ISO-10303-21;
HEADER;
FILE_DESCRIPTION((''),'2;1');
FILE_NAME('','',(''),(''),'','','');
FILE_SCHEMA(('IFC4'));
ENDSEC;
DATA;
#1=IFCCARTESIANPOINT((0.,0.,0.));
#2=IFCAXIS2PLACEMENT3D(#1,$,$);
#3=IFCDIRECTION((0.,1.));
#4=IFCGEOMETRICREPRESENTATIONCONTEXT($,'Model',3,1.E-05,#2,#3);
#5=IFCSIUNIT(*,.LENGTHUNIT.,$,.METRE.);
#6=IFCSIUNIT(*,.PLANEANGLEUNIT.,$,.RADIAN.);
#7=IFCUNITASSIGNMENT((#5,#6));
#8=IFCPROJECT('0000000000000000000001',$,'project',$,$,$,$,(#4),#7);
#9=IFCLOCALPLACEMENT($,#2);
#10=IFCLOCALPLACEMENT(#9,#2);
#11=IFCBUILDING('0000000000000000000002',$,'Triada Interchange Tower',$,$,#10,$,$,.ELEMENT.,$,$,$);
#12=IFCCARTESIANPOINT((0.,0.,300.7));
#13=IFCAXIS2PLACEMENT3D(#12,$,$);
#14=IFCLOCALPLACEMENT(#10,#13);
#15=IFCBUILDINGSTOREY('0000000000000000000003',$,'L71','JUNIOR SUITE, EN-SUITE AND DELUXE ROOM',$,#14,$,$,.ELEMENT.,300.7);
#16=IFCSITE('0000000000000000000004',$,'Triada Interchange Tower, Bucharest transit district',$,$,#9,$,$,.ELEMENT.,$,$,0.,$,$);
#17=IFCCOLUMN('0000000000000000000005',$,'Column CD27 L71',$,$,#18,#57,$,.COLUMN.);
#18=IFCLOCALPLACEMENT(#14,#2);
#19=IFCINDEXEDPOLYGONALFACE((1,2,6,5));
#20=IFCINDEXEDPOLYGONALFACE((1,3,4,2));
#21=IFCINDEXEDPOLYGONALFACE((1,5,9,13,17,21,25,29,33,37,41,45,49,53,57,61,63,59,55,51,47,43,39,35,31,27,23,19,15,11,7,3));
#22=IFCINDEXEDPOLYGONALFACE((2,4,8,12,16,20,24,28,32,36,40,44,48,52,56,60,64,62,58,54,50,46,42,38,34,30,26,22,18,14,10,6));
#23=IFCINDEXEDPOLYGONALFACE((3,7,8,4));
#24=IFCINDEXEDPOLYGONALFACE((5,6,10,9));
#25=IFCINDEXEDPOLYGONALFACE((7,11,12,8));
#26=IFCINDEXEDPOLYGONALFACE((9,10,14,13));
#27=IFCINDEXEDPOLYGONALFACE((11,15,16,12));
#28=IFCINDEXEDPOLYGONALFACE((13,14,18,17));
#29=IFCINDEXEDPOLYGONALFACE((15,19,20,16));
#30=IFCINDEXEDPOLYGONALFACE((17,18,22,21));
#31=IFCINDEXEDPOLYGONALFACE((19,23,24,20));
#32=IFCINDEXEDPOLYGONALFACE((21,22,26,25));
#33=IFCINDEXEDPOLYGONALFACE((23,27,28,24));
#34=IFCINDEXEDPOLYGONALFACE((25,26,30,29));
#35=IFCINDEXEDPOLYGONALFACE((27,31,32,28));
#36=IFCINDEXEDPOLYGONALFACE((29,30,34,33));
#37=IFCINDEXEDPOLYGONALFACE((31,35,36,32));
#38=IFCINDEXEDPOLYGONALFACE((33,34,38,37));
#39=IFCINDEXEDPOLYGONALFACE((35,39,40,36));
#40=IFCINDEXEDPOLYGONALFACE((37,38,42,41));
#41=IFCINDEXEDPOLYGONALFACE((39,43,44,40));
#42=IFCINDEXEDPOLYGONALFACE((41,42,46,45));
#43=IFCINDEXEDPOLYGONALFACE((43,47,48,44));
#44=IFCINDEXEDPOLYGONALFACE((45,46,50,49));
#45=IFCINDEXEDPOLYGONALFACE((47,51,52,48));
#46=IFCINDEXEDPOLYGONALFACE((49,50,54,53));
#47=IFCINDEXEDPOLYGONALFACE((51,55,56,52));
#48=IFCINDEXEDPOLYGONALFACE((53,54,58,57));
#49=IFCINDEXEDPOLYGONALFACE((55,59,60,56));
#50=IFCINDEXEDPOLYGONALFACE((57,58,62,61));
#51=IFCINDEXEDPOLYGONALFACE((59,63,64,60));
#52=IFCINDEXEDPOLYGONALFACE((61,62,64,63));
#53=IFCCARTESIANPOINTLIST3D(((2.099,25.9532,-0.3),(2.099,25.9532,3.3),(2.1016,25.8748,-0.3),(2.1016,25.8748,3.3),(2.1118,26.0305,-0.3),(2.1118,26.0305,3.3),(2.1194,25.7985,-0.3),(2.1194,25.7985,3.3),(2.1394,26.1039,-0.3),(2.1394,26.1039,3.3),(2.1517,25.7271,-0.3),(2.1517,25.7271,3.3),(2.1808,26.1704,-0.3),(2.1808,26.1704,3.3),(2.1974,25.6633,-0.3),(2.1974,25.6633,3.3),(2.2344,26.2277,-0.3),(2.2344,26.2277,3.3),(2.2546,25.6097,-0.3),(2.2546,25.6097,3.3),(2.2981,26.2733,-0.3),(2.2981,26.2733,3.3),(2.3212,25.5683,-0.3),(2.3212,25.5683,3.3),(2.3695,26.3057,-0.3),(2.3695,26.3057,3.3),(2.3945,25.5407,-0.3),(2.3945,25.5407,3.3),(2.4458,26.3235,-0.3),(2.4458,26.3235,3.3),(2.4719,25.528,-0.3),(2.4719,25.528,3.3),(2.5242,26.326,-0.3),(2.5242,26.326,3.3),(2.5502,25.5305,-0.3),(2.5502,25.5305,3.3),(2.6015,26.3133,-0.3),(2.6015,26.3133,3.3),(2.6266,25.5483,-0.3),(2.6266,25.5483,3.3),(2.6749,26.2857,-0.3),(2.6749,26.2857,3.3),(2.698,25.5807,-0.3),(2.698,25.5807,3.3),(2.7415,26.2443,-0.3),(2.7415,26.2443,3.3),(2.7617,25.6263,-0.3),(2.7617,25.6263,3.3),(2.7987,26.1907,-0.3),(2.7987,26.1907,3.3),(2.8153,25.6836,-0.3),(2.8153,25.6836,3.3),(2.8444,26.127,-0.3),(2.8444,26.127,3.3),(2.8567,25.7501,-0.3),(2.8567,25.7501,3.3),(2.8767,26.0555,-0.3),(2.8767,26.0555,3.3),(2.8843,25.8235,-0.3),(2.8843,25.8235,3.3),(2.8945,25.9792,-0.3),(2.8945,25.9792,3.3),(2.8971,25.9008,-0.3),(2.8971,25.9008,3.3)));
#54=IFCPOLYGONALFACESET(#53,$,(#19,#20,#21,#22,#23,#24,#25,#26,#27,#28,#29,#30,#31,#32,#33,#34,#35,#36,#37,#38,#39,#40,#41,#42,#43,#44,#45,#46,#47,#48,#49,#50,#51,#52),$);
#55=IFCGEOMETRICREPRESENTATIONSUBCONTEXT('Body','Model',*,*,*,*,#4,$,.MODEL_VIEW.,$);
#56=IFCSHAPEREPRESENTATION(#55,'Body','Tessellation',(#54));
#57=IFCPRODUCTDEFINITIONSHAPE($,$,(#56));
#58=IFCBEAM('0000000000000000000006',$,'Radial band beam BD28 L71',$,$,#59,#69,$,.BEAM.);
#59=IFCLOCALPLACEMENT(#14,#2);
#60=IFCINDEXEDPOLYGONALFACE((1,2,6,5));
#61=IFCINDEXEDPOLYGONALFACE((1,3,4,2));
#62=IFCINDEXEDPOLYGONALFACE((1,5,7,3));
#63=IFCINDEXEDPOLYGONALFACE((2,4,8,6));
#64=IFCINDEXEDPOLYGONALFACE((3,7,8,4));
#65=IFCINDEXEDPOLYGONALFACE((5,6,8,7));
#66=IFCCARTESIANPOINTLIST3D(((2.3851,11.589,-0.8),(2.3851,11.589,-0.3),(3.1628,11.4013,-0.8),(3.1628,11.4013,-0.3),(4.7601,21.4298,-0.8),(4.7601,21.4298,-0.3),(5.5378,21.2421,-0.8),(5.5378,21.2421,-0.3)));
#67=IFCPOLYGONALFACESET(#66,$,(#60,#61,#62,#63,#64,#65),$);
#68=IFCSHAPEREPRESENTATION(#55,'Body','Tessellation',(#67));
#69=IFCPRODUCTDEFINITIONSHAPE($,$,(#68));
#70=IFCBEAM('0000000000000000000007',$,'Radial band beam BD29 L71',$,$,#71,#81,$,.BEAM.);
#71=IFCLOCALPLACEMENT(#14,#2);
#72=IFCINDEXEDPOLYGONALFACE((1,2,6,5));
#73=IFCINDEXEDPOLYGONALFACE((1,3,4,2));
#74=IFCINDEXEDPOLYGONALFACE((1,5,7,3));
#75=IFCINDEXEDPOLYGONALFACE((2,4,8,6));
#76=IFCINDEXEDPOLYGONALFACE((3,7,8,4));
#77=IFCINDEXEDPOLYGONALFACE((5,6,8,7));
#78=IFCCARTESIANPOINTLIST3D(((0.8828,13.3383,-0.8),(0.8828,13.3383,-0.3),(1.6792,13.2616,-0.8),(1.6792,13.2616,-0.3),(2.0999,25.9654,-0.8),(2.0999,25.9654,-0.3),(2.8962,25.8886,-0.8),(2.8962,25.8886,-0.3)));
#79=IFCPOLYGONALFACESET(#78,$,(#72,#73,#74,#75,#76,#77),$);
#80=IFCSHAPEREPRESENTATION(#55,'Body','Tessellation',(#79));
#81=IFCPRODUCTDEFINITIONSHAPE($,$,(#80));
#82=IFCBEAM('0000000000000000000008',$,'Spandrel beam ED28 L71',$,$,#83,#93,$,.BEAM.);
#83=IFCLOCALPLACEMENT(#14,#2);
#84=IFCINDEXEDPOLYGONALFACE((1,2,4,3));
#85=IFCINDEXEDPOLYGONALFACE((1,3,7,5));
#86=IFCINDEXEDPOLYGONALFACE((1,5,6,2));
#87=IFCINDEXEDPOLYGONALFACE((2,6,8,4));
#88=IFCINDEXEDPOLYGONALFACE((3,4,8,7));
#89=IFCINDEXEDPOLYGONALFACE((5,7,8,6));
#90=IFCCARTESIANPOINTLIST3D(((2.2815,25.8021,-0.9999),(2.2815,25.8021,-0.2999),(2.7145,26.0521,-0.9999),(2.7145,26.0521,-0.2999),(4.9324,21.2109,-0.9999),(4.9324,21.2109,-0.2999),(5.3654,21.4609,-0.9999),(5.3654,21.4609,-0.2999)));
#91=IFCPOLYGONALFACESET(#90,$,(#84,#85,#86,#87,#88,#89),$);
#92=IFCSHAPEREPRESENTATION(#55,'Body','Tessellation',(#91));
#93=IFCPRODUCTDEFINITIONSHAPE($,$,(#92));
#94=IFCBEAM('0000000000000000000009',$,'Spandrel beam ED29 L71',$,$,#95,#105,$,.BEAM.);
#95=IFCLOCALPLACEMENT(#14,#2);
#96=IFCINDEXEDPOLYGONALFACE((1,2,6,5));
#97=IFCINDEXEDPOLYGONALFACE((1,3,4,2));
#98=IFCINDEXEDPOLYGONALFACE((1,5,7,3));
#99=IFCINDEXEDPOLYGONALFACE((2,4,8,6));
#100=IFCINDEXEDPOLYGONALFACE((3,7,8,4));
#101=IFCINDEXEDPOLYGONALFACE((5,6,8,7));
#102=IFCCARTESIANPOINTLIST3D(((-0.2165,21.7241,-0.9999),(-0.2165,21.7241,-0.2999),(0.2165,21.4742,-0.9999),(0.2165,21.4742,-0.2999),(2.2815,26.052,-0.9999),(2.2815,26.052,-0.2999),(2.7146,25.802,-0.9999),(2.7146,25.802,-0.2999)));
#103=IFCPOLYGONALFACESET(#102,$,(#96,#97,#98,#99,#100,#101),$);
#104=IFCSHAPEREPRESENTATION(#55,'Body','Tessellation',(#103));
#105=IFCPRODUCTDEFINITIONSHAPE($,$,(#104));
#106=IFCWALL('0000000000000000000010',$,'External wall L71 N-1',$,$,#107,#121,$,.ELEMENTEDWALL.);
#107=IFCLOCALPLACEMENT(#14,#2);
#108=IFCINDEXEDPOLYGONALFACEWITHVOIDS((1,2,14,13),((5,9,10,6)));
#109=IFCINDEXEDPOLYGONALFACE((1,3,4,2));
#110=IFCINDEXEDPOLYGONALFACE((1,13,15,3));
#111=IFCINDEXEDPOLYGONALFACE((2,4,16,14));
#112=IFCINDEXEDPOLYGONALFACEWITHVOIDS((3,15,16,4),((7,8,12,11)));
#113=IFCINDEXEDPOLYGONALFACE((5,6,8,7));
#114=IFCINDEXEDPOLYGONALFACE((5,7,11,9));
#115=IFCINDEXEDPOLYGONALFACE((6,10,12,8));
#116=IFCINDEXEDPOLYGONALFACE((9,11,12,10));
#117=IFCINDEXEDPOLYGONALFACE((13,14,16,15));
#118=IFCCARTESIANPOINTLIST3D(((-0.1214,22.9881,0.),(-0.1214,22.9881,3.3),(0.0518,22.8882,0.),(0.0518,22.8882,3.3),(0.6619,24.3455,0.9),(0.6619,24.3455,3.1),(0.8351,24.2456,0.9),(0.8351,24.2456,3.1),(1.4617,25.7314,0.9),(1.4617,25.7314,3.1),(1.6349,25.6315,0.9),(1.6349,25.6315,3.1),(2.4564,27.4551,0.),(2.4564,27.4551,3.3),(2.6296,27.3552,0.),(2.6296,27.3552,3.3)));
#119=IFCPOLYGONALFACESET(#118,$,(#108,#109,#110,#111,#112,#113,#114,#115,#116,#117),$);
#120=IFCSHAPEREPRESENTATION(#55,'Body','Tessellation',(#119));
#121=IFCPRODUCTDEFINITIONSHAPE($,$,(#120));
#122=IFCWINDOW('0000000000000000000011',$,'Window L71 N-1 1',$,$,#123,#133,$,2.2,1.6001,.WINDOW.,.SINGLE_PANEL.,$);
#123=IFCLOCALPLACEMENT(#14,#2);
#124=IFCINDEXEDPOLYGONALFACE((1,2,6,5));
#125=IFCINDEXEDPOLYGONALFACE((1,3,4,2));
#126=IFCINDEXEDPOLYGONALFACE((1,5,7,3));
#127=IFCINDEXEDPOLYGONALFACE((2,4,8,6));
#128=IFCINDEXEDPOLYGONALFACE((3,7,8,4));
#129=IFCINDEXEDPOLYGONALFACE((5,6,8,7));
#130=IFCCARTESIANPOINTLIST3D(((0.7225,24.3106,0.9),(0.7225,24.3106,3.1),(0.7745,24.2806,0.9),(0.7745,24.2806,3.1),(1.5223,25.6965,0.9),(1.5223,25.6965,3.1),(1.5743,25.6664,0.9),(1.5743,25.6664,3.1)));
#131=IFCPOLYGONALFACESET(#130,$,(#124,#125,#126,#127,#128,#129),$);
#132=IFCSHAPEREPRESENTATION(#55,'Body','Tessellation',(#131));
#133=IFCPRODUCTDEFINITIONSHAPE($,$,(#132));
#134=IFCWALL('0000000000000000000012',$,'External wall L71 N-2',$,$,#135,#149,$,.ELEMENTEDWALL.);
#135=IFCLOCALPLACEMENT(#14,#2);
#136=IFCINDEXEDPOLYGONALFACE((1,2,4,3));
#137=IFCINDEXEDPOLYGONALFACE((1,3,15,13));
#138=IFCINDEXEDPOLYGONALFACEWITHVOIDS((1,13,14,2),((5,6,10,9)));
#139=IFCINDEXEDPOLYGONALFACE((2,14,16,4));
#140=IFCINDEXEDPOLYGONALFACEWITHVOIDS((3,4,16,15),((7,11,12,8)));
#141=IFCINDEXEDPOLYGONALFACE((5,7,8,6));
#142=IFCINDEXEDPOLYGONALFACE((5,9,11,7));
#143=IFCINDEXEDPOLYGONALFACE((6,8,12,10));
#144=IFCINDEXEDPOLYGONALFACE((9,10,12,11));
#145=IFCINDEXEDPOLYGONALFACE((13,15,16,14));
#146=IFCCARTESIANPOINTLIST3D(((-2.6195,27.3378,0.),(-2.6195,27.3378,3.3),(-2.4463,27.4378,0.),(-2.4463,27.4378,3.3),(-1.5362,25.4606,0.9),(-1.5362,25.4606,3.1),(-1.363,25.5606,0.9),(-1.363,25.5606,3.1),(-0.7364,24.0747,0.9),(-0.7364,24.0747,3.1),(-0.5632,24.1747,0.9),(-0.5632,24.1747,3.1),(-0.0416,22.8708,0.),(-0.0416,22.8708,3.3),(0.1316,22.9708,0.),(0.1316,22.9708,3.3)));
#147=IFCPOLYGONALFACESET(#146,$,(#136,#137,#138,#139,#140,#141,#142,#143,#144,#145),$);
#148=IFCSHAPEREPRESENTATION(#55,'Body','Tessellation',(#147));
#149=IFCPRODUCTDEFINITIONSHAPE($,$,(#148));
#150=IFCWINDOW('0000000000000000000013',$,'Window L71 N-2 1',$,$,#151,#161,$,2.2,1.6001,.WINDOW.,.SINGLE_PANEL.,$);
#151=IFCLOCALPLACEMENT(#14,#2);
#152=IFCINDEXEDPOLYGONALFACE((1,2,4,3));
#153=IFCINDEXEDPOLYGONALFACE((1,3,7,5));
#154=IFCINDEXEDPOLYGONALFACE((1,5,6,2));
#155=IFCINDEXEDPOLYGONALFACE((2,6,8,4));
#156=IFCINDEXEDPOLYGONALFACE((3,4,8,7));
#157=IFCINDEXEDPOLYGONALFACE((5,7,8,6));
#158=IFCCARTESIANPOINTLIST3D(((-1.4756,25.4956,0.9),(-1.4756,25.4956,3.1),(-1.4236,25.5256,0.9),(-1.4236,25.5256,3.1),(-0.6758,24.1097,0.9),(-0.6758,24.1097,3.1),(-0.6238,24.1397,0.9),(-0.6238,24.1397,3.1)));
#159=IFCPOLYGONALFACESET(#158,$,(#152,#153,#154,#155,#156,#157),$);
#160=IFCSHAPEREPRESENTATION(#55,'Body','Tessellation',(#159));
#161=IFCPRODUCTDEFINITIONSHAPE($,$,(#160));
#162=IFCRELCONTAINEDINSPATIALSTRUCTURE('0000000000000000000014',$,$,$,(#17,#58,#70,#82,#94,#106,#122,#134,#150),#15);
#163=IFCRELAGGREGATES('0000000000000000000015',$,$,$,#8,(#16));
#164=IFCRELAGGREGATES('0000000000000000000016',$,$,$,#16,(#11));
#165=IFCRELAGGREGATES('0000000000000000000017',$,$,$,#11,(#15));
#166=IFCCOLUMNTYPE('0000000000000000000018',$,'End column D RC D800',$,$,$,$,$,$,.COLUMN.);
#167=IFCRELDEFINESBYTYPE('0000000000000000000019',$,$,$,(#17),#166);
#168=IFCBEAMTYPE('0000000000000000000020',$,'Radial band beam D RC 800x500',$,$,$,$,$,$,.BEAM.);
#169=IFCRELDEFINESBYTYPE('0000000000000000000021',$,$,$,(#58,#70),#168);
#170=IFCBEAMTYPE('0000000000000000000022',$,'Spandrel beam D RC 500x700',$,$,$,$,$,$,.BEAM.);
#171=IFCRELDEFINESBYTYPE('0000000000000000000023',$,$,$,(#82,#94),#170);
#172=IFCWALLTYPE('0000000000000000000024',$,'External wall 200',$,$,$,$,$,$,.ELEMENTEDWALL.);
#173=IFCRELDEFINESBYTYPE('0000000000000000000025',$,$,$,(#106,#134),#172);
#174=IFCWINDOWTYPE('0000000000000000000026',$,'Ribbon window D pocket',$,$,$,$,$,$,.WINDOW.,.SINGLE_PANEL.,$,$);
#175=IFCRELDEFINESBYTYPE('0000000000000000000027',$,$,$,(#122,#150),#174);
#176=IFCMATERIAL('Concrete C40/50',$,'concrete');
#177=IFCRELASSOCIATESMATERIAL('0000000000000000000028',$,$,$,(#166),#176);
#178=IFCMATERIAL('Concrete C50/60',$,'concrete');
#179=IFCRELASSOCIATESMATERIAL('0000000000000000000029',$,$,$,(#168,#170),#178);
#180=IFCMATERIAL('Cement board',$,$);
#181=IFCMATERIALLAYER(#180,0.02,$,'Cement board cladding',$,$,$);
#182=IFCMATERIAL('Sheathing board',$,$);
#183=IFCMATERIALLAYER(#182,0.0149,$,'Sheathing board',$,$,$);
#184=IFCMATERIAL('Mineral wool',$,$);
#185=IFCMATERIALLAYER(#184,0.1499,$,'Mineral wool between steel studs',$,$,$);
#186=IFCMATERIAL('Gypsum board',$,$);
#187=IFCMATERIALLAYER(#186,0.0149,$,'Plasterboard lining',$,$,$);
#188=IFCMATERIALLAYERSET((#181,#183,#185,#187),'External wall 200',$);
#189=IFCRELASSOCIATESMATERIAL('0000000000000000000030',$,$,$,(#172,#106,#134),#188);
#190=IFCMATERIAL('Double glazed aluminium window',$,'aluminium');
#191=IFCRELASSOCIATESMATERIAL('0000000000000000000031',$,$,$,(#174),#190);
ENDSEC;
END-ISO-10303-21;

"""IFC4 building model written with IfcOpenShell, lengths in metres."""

from ifc_helpers import new_model, si_unit, direction, frame, frame_2d, origin, origin_2d, place, context, subcontext, project, spatial, rectangle, circle, extrude, material, layer, layer_set, layer_usage, material_profile, profile_set, type_object, element, fill, save


model = new_model("IFC4")

# Units and contexts
model_context = context("Model", 3, precision=1e-05, world=origin(), true_north=direction((0.0, 1.0)))
body_context = subcontext(model_context, "Body", "Model", "MODEL_VIEW")
ifc_project = project(units=[si_unit("LENGTHUNIT", "METRE"), si_unit("PLANEANGLEUNIT", "RADIAN")], contexts=[model_context])

# Site, building, storey
site_placement = place(None, origin())
site = spatial("IfcSite", under=ifc_project, at=site_placement, Name="Triada Interchange Tower, Bucharest transit district", CompositionType="ELEMENT", RefElevation=0.0)
building_placement = place(site_placement, origin())
building = spatial("IfcBuilding", under=site, at=building_placement, Name="Triada Interchange Tower", CompositionType="ELEMENT")
storey_placement = place(building_placement, frame((0.0, 0.0, 300.7)))
storey = spatial("IfcBuildingStorey", under=building, at=storey_placement, Name="L71", Description="JUNIOR SUITE, EN-SUITE AND DELUXE ROOM", CompositionType="ELEMENT", Elevation=300.7)

# Column
ifc_material_1 = material(Name="Concrete C40/50", Category="concrete")
ifc_material_profile_1 = material_profile(ifc_material_1, circle(Radius=0.3999, at=origin_2d()), Name="RC D800")
ifc_profile_set_1 = profile_set([ifc_material_profile_1], Name="Concrete C40/50")
column_type = type_object("IfcColumnType", Name="End column D RC D800", PredefinedType="COLUMN", material=ifc_profile_set_1)
column_placement = place(storey_placement, frame((2.498, 25.927, -0.3), z_axis=(0.0, 0.0, 1.0), x_axis=(-0.5, 0.866025, 0.0)))
element("IfcColumn", 1, at=column_placement, inside=storey, type_object=column_type, Name="Column CD27 L71", PredefinedType="COLUMN", context=body_context, shape_type="SweptSolid", body=[
    extrude(circle(Radius=0.3999, at=origin_2d()), origin(), (0.0, 0.0, 1.0), 3.6001),
])

# Beams
ifc_material_2 = material(Name="Concrete C50/60", Category="concrete")
ifc_material_profile_2 = material_profile(ifc_material_2, rectangle(XDim=0.8, YDim=0.5, at=origin_2d()), Name="RC 800x500")
ifc_profile_set_2 = profile_set([ifc_material_profile_2], Name="Concrete C50/60")
beam_type_1 = type_object("IfcBeamType", Name="Radial band beam D RC 800x500", PredefinedType="BEAM", material=ifc_profile_set_2)
beam_1_placement = place(storey_placement, frame((5.1489, 21.3359, -0.55), z_axis=(-0.234606, -0.972091, 0.0), x_axis=(0.972091, -0.234606, 0.0)))
element("IfcBeam", 2, at=beam_1_placement, inside=storey, type_object=beam_type_1, Name="Radial band beam BD28 L71", PredefinedType="BEAM", context=body_context, shape_type="SweptSolid", body=[
    extrude(rectangle(XDim=0.8, YDim=0.5, at=origin_2d()), origin(), (0.0, 0.0, 1.0), 10.1233),
])
beam_2_placement = place(storey_placement, frame((2.498, 25.927, -0.55), z_axis=(-0.09594, -0.995387, 0.0), x_axis=(0.995387, -0.09594, 0.0)))
element("IfcBeam", 3, at=beam_2_placement, inside=storey, type_object=beam_type_1, Name="Radial band beam BD29 L71", PredefinedType="BEAM", context=body_context, shape_type="SweptSolid", body=[
    extrude(rectangle(XDim=0.8, YDim=0.5, at=origin_2d()), origin(), (0.0, 0.0, 1.0), 12.6855),
])
ifc_material_profile_3 = material_profile(ifc_material_2, rectangle(XDim=0.5, YDim=0.7, at=origin_2d()), Name="RC 500x700")
ifc_profile_set_3 = profile_set([ifc_material_profile_3], Name="Concrete C50/60")
beam_type_2 = type_object("IfcBeamType", Name="Spandrel beam D RC 500x700", PredefinedType="BEAM", material=ifc_profile_set_3)
beam_3_placement = place(storey_placement, frame((5.1489, 21.3359, -0.6499), z_axis=(-0.500032, 0.866007, 0.0), x_axis=(-0.866007, -0.500032, 0.0)))
element("IfcBeam", 4, at=beam_3_placement, inside=storey, type_object=beam_type_2, Name="Spandrel beam ED28 L71", PredefinedType="BEAM", context=body_context, shape_type="SweptSolid", body=[
    extrude(rectangle(XDim=0.5, YDim=0.7, at=origin_2d()), origin(), (0.0, 0.0, 1.0), 5.3015),
])
beam_4_placement = place(storey_placement, frame((2.498, 25.927, -0.6499), z_axis=(-0.499901, -0.866082, 0.0), x_axis=(0.866082, -0.499901, 0.0)))
element("IfcBeam", 5, at=beam_4_placement, inside=storey, type_object=beam_type_2, Name="Spandrel beam ED29 L71", PredefinedType="BEAM", context=body_context, shape_type="SweptSolid", body=[
    extrude(rectangle(XDim=0.5, YDim=0.7, at=origin_2d()), origin(), (0.0, 0.0, 1.0), 4.9971),
])

# Walls, openings, windows
ifc_material_3 = material(Name="Cement board")
ifc_layer_1 = layer(ifc_material_3, 0.02, Name="Cement board cladding")
ifc_material_4 = material(Name="Sheathing board")
ifc_layer_2 = layer(ifc_material_4, 0.0149, Name="Sheathing board")
ifc_material_5 = material(Name="Mineral wool")
ifc_layer_3 = layer(ifc_material_5, 0.1499, Name="Mineral wool between steel studs")
ifc_material_6 = material(Name="Gypsum board")
ifc_layer_4 = layer(ifc_material_6, 0.0149, Name="Plasterboard lining")
ifc_layer_set_1 = layer_set([ifc_layer_1, ifc_layer_2, ifc_layer_3, ifc_layer_4], Name="External wall 200")
ifc_layer_usage = layer_usage(ifc_layer_set_1, "AXIS2", "POSITIVE", -0.1001)
wall_type = type_object("IfcWallType", Name="External wall 200", PredefinedType="ELEMENTEDWALL", material=ifc_layer_set_1)
wall_1_placement = place(storey_placement, frame((2.543, 27.405, 0.0), z_axis=(0.0, 0.0, 1.0), x_axis=(-0.49983, -0.866123, 0.0)))
wall_1 = element("IfcWall", 6, at=wall_1_placement, inside=storey, type_object=wall_type, material=ifc_layer_usage, Name="External wall L71 N-1", PredefinedType="ELEMENTEDWALL", context=body_context, shape_type="SweptSolid", body=[
    extrude(rectangle(XDim=5.1575, YDim=0.2, at=frame_2d((2.5786, 0.0))), origin(), (0.0, 0.0, 1.0), 3.3),
])
opening_1_placement = place(wall_1_placement, frame((1.99, 0.0, 0.8999)))
opening_1 = element("IfcOpeningElement", 7, at=opening_1_placement, cuts=wall_1, PredefinedType="OPENING", context=body_context, shape_type="SweptSolid", body=[
    extrude(rectangle(XDim=1.6001, YDim=2.2, at=frame_2d((0.8, 1.1001))), frame((0.0, 0.1099, 0.0), z_axis=(0.0, -1.0, 0.0), x_axis=(1.0, 0.0, 0.0)), (0.0, 0.0, 1.0), 0.22),
])
ifc_material_7 = material(Name="Double glazed aluminium window", Category="aluminium")
window_type = type_object("IfcWindowType", Name="Ribbon window D pocket", PartitioningType="SINGLE_PANEL", PredefinedType="WINDOW", material=ifc_material_7)
window_1_placement = place(opening_1_placement, origin())
window_1 = element("IfcWindow", 8, at=window_1_placement, inside=storey, type_object=window_type, Name="Window L71 N-1 1", OverallHeight=2.2, OverallWidth=1.6001, PartitioningType="SINGLE_PANEL", PredefinedType="WINDOW", context=body_context, shape_type="SweptSolid", body=[
    extrude(rectangle(XDim=1.6001, YDim=2.2, at=frame_2d((0.8, 1.1001))), frame((0.0, 0.03, 0.0), z_axis=(0.0, -1.0, 0.0), x_axis=(1.0, 0.0, 0.0)), (0.0, 0.0, 1.0), 0.0601),
])
fill(opening_1, window_1)
wall_2_placement = place(storey_placement, frame((0.0449, 22.9209, 0.0), z_axis=(0.0, 0.0, 1.0), x_axis=(-0.49983, 0.866123, 0.0)))
wall_2 = element("IfcWall", 9, at=wall_2_placement, inside=storey, type_object=wall_type, material=ifc_layer_usage, Name="External wall L71 N-2", PredefinedType="ELEMENTEDWALL", context=body_context, shape_type="SweptSolid", body=[
    extrude(rectangle(XDim=5.1575, YDim=0.2, at=frame_2d((2.5786, 0.0))), origin(), (0.0, 0.0, 1.0), 3.3),
])
opening_2_placement = place(wall_2_placement, frame((1.3899, 0.0, 0.8999)))
opening_2 = element("IfcOpeningElement", 10, at=opening_2_placement, cuts=wall_2, PredefinedType="OPENING", context=body_context, shape_type="SweptSolid", body=[
    extrude(rectangle(XDim=1.6001, YDim=2.2, at=frame_2d((0.8, 1.1001))), frame((0.0, 0.1099, 0.0), z_axis=(0.0, -1.0, 0.0), x_axis=(1.0, 0.0, 0.0)), (0.0, 0.0, 1.0), 0.22),
])
window_2_placement = place(opening_2_placement, origin())
window_2 = element("IfcWindow", 11, at=window_2_placement, inside=storey, type_object=window_type, Name="Window L71 N-2 1", OverallHeight=2.2, OverallWidth=1.6001, PartitioningType="SINGLE_PANEL", PredefinedType="WINDOW", context=body_context, shape_type="SweptSolid", body=[
    extrude(rectangle(XDim=1.6001, YDim=2.2, at=frame_2d((0.8, 1.1001))), frame((0.0, 0.03, 0.0), z_axis=(0.0, -1.0, 0.0), x_axis=(1.0, 0.0, 0.0)), (0.0, 0.0, 1.0), 0.0601),
])
fill(opening_2, window_2)

save(model, "model.ifc")
